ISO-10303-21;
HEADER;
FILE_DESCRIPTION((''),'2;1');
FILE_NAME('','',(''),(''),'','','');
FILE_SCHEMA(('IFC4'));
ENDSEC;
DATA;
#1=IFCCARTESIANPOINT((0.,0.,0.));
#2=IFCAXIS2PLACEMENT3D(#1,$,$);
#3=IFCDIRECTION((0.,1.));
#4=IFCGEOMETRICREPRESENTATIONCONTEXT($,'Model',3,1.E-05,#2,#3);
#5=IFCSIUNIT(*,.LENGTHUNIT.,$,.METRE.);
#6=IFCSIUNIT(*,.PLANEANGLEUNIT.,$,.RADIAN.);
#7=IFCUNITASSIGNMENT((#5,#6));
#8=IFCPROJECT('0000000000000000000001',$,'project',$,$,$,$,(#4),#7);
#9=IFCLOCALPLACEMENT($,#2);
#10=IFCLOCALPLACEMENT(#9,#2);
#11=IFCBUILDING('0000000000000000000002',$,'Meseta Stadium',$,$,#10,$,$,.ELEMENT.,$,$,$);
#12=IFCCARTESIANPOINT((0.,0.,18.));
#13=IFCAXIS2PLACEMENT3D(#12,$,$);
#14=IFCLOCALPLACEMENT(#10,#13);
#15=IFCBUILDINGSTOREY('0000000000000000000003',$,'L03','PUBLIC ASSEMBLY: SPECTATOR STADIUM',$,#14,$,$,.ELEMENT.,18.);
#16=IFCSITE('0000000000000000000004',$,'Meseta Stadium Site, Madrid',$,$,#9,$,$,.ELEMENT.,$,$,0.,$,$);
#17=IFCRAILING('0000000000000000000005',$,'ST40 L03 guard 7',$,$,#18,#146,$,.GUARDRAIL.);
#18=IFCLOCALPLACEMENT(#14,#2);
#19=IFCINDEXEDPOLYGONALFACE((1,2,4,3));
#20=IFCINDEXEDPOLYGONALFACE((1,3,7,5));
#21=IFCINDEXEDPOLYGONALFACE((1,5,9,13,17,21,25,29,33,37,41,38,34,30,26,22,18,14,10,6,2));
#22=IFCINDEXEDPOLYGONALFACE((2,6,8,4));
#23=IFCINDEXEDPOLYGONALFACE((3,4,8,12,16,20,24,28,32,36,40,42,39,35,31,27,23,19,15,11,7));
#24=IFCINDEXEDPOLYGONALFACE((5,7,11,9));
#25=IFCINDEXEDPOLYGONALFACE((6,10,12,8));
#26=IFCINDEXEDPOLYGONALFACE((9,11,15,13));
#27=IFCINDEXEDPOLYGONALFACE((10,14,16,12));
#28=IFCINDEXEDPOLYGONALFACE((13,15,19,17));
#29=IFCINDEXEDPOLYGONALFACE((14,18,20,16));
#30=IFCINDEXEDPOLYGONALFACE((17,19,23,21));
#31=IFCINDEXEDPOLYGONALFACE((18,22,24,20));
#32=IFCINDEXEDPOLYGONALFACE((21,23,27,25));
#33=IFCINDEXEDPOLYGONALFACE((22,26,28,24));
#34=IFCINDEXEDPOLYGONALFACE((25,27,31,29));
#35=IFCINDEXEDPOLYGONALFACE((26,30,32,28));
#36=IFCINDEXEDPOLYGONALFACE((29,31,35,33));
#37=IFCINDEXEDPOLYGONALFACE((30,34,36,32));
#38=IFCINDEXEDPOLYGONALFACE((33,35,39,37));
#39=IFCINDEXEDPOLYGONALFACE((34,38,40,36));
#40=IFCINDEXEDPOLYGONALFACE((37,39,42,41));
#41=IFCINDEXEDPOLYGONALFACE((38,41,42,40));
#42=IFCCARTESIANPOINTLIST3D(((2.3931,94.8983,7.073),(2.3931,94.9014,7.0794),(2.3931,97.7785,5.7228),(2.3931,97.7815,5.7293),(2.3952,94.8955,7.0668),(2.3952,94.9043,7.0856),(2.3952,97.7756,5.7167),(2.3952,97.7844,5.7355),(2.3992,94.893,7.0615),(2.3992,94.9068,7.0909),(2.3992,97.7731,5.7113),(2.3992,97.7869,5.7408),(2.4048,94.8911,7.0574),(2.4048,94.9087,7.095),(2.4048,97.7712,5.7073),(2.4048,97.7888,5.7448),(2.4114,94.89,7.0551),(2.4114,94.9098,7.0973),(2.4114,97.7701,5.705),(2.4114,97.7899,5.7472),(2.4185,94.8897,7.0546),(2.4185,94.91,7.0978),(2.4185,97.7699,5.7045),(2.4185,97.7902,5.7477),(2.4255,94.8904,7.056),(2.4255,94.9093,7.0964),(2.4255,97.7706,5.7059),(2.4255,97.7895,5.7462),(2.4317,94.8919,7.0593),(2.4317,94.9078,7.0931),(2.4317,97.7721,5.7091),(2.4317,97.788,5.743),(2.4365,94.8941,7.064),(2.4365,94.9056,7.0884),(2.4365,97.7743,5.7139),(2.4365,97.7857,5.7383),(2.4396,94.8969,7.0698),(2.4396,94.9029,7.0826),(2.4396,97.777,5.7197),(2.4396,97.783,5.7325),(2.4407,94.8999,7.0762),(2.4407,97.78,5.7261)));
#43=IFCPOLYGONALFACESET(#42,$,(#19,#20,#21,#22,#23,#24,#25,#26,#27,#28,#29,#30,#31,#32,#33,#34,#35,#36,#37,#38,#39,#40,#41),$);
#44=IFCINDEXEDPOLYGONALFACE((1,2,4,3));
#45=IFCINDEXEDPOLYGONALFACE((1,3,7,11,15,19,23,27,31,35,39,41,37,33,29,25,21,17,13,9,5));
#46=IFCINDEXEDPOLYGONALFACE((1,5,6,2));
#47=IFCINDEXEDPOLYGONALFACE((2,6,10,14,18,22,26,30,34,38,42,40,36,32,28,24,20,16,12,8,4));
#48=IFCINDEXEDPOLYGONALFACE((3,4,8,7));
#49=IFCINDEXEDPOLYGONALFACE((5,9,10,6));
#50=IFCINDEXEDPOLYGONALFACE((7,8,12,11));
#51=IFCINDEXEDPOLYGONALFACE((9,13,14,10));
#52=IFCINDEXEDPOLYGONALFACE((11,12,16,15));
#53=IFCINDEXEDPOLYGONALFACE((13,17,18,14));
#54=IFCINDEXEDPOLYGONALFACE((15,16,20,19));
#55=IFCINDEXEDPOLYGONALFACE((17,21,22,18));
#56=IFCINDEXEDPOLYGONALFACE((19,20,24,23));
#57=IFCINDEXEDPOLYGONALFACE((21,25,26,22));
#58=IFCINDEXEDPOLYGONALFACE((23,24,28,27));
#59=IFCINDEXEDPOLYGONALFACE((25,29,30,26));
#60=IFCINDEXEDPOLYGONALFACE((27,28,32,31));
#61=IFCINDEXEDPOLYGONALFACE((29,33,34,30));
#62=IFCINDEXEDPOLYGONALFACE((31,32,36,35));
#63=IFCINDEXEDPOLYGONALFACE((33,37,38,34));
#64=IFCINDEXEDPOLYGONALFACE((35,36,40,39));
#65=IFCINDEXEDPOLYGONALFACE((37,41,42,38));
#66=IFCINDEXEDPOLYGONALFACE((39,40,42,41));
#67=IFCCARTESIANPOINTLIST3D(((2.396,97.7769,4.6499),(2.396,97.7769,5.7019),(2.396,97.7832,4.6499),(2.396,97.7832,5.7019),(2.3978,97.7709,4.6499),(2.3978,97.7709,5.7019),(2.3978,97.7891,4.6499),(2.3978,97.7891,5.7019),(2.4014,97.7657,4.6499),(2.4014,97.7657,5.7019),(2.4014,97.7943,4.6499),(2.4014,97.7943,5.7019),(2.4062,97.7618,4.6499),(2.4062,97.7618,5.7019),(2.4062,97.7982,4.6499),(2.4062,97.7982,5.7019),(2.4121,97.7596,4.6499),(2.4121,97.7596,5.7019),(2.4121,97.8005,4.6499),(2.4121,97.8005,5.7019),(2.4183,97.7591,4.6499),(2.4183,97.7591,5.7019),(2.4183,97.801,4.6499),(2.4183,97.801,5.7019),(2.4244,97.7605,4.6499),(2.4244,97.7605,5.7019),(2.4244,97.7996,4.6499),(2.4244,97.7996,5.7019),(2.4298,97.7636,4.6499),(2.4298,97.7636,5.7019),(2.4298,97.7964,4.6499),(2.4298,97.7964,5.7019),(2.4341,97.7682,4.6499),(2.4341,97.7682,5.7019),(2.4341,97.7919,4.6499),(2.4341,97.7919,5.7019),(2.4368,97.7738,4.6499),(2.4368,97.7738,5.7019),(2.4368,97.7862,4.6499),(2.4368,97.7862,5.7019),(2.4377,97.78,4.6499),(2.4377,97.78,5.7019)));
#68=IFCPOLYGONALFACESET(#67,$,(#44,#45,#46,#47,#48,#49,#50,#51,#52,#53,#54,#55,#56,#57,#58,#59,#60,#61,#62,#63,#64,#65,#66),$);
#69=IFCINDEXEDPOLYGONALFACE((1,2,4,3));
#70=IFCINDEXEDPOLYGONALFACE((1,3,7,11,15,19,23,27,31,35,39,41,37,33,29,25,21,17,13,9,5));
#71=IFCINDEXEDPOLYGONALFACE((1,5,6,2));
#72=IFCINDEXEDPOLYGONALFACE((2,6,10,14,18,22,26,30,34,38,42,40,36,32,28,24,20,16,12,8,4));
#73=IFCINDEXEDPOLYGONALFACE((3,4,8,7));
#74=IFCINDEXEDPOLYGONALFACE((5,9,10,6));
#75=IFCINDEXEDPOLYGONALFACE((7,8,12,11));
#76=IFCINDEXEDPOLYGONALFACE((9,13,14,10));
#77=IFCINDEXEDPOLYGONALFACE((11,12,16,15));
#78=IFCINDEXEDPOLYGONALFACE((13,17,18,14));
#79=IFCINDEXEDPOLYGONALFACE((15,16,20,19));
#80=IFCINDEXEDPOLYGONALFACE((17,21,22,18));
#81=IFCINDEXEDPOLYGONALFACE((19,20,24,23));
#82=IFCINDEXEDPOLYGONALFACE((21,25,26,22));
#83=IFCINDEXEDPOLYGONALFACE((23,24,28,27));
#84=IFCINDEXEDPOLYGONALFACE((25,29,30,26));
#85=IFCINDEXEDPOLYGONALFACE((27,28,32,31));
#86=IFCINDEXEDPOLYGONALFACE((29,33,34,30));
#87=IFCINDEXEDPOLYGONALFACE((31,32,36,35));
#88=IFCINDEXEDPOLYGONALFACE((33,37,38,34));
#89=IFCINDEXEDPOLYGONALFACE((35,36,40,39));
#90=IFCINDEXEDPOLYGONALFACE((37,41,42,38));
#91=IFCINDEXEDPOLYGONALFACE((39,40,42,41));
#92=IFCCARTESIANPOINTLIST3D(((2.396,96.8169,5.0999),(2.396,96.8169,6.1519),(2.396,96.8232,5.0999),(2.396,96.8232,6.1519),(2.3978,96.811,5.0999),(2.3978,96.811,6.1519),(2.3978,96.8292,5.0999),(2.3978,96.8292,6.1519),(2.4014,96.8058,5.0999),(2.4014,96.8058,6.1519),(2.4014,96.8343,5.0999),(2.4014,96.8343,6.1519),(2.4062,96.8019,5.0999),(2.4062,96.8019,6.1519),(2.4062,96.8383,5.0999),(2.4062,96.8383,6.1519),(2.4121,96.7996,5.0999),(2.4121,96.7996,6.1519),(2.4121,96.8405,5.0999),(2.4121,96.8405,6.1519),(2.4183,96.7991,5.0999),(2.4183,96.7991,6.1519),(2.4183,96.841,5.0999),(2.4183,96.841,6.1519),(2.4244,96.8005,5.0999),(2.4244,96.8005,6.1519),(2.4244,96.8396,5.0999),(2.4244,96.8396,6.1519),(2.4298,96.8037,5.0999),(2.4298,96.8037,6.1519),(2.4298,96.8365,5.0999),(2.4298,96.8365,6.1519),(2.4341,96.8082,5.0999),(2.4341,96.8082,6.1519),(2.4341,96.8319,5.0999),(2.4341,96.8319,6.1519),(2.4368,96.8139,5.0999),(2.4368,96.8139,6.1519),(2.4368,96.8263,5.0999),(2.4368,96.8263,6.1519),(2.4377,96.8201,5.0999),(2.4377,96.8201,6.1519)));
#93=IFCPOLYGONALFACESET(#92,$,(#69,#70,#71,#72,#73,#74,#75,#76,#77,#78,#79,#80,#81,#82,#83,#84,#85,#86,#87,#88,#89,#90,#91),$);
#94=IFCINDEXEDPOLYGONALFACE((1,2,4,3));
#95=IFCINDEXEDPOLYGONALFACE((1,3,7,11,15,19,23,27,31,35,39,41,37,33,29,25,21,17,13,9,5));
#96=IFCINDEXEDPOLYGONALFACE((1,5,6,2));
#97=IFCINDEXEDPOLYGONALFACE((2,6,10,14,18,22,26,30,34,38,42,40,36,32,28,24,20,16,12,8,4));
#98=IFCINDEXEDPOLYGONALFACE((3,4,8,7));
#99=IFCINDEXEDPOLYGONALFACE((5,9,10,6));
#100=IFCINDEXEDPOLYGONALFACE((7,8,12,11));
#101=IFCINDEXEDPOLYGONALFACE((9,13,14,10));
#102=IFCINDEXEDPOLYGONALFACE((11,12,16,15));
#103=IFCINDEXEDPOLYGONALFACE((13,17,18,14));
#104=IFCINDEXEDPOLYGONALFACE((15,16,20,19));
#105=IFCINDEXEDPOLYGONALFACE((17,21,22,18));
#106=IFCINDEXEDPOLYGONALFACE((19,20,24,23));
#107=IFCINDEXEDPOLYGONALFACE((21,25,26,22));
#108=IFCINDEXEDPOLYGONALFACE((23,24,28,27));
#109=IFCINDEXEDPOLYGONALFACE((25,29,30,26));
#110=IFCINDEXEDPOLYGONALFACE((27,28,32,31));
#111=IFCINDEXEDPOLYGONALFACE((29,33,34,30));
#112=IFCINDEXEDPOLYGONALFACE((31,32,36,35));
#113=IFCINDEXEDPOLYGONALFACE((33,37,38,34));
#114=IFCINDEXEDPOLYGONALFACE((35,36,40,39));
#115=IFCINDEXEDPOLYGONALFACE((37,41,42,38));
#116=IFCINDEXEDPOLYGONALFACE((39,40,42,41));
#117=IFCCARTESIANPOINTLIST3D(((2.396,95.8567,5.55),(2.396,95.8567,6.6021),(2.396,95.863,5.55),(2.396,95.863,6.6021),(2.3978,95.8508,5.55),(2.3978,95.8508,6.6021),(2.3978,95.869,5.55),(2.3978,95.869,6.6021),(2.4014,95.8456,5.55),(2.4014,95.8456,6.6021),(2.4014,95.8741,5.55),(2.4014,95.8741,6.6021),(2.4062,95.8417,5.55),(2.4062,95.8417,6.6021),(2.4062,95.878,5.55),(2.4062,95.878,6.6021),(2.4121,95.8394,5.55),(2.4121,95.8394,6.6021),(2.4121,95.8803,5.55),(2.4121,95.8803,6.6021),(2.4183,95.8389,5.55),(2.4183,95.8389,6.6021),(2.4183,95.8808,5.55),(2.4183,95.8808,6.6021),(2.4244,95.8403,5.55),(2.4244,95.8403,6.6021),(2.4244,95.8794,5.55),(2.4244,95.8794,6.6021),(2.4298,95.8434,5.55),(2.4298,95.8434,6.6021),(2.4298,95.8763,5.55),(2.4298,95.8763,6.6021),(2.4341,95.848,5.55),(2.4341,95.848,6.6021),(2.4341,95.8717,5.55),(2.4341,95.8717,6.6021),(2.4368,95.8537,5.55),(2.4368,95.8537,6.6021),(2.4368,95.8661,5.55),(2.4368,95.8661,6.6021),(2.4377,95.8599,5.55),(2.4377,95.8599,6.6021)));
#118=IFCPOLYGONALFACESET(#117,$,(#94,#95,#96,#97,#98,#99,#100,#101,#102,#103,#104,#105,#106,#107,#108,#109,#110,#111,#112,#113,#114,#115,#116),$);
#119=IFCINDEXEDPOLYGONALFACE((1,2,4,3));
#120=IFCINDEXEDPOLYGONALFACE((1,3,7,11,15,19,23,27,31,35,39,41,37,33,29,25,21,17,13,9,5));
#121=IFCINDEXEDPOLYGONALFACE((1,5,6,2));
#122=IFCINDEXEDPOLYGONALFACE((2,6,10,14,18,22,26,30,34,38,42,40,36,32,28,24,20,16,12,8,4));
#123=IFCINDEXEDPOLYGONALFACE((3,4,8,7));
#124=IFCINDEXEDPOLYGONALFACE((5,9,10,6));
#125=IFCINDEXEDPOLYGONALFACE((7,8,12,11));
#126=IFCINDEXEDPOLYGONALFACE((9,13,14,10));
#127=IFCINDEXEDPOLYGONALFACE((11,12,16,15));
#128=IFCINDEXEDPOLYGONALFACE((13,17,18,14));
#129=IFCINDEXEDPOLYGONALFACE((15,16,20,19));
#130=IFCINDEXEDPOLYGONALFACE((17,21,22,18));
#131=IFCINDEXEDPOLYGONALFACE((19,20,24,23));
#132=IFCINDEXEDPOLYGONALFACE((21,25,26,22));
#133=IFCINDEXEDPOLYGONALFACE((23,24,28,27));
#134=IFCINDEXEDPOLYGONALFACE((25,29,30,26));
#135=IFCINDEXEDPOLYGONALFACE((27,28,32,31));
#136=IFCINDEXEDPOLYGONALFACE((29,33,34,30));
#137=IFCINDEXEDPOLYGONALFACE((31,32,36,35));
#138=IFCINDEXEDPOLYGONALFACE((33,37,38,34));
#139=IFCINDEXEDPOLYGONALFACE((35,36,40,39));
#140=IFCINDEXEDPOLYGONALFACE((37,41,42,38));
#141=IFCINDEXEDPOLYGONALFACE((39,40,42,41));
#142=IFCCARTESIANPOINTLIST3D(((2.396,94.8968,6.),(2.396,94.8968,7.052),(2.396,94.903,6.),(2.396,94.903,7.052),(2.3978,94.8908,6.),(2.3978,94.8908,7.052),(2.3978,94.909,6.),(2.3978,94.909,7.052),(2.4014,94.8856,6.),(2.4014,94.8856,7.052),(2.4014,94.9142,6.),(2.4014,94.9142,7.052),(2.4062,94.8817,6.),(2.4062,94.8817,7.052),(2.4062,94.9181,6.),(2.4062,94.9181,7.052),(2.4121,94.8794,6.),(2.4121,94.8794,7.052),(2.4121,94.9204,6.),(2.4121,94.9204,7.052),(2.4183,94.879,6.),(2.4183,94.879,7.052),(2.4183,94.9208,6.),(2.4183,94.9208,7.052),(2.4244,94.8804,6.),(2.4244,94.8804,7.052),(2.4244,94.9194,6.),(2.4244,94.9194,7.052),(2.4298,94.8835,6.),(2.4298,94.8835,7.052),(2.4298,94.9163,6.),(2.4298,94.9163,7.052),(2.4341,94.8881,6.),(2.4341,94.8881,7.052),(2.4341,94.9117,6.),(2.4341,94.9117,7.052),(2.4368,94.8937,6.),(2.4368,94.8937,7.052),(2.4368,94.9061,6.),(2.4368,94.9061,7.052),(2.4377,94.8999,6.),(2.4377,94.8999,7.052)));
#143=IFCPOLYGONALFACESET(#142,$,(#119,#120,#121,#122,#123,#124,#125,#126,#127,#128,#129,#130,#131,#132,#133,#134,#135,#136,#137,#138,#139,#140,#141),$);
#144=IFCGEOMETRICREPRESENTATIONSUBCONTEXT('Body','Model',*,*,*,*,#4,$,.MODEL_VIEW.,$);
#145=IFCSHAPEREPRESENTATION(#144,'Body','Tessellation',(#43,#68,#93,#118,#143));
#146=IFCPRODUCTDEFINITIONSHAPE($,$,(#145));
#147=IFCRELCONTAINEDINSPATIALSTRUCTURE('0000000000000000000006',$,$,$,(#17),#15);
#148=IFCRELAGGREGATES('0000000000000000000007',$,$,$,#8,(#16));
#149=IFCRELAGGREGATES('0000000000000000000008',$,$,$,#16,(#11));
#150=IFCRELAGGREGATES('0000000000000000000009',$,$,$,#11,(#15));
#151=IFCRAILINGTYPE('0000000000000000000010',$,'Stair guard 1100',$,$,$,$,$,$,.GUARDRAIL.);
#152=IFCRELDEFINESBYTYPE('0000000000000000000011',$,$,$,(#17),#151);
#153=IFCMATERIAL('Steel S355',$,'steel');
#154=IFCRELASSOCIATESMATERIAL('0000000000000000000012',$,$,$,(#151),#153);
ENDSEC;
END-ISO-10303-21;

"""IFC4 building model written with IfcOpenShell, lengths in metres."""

from ifc_helpers import new_model, si_unit, direction, frame, origin, origin_2d, place, context, subcontext, project, spatial, circle, extrude, material, type_object, element, save


model = new_model("IFC4")

# Units and contexts
model_context = context("Model", 3, precision=1e-05, world=origin(), true_north=direction((0.0, 1.0)))
body_context = subcontext(model_context, "Body", "Model", "MODEL_VIEW")
ifc_project = project(units=[si_unit("LENGTHUNIT", "METRE"), si_unit("PLANEANGLEUNIT", "RADIAN")], contexts=[model_context])

# Site, building, storey
site_placement = place(None, origin())
site = spatial("IfcSite", under=ifc_project, at=site_placement, Name="Meseta Stadium Site, Madrid", CompositionType="ELEMENT", RefElevation=0.0)
building_placement = place(site_placement, origin())
building = spatial("IfcBuilding", under=site, at=building_placement, Name="Meseta Stadium", CompositionType="ELEMENT")
storey_placement = place(building_placement, frame((0.0, 0.0, 18.0)))
storey = spatial("IfcBuildingStorey", under=building, at=storey_placement, Name="L03", Description="PUBLIC ASSEMBLY: SPECTATOR STADIUM", CompositionType="ELEMENT", Elevation=18.0)

# Railing
ifc_material_1 = material(Name="Steel S355", Category="steel")
railing_type_1 = type_object("IfcRailingType", Name="Stair guard 1100", PredefinedType="GUARDRAIL", material=ifc_material_1)
for number, where, name in (
    (1, (2.4167, 97.78, 4.6499), "ST40 L03 guard 7"),
):
    element("IfcRailing", number, at=place(storey_placement, frame(where)), inside=storey, type_object=railing_type_1, Name=name, PredefinedType="GUARDRAIL", context=body_context, shape_type="SweptSolid", body=[
        extrude(circle(Radius=0.0239, at=origin_2d()), frame((0.0, 0.0, 1.0762), z_axis=(0.0, -0.905454, 0.424444), x_axis=(1.0, 0.0, 0.0)), (0.0, 0.0, 1.0), 3.1809),
        extrude(circle(Radius=0.021, at=origin_2d()), origin(), (0.0, 0.0, 1.0), 1.052),
        extrude(circle(Radius=0.021, at=origin_2d()), frame((0.0, -0.96, 0.45)), (0.0, 0.0, 1.0), 1.052),
        extrude(circle(Radius=0.021, at=origin_2d()), frame((0.0, -1.9202, 0.9001)), (0.0, 0.0, 1.0), 1.052),
        extrude(circle(Radius=0.021, at=origin_2d()), frame((0.0, -2.8801, 1.3501)), (0.0, 0.0, 1.0), 1.052),
    ])

save(model, "model.ifc")
